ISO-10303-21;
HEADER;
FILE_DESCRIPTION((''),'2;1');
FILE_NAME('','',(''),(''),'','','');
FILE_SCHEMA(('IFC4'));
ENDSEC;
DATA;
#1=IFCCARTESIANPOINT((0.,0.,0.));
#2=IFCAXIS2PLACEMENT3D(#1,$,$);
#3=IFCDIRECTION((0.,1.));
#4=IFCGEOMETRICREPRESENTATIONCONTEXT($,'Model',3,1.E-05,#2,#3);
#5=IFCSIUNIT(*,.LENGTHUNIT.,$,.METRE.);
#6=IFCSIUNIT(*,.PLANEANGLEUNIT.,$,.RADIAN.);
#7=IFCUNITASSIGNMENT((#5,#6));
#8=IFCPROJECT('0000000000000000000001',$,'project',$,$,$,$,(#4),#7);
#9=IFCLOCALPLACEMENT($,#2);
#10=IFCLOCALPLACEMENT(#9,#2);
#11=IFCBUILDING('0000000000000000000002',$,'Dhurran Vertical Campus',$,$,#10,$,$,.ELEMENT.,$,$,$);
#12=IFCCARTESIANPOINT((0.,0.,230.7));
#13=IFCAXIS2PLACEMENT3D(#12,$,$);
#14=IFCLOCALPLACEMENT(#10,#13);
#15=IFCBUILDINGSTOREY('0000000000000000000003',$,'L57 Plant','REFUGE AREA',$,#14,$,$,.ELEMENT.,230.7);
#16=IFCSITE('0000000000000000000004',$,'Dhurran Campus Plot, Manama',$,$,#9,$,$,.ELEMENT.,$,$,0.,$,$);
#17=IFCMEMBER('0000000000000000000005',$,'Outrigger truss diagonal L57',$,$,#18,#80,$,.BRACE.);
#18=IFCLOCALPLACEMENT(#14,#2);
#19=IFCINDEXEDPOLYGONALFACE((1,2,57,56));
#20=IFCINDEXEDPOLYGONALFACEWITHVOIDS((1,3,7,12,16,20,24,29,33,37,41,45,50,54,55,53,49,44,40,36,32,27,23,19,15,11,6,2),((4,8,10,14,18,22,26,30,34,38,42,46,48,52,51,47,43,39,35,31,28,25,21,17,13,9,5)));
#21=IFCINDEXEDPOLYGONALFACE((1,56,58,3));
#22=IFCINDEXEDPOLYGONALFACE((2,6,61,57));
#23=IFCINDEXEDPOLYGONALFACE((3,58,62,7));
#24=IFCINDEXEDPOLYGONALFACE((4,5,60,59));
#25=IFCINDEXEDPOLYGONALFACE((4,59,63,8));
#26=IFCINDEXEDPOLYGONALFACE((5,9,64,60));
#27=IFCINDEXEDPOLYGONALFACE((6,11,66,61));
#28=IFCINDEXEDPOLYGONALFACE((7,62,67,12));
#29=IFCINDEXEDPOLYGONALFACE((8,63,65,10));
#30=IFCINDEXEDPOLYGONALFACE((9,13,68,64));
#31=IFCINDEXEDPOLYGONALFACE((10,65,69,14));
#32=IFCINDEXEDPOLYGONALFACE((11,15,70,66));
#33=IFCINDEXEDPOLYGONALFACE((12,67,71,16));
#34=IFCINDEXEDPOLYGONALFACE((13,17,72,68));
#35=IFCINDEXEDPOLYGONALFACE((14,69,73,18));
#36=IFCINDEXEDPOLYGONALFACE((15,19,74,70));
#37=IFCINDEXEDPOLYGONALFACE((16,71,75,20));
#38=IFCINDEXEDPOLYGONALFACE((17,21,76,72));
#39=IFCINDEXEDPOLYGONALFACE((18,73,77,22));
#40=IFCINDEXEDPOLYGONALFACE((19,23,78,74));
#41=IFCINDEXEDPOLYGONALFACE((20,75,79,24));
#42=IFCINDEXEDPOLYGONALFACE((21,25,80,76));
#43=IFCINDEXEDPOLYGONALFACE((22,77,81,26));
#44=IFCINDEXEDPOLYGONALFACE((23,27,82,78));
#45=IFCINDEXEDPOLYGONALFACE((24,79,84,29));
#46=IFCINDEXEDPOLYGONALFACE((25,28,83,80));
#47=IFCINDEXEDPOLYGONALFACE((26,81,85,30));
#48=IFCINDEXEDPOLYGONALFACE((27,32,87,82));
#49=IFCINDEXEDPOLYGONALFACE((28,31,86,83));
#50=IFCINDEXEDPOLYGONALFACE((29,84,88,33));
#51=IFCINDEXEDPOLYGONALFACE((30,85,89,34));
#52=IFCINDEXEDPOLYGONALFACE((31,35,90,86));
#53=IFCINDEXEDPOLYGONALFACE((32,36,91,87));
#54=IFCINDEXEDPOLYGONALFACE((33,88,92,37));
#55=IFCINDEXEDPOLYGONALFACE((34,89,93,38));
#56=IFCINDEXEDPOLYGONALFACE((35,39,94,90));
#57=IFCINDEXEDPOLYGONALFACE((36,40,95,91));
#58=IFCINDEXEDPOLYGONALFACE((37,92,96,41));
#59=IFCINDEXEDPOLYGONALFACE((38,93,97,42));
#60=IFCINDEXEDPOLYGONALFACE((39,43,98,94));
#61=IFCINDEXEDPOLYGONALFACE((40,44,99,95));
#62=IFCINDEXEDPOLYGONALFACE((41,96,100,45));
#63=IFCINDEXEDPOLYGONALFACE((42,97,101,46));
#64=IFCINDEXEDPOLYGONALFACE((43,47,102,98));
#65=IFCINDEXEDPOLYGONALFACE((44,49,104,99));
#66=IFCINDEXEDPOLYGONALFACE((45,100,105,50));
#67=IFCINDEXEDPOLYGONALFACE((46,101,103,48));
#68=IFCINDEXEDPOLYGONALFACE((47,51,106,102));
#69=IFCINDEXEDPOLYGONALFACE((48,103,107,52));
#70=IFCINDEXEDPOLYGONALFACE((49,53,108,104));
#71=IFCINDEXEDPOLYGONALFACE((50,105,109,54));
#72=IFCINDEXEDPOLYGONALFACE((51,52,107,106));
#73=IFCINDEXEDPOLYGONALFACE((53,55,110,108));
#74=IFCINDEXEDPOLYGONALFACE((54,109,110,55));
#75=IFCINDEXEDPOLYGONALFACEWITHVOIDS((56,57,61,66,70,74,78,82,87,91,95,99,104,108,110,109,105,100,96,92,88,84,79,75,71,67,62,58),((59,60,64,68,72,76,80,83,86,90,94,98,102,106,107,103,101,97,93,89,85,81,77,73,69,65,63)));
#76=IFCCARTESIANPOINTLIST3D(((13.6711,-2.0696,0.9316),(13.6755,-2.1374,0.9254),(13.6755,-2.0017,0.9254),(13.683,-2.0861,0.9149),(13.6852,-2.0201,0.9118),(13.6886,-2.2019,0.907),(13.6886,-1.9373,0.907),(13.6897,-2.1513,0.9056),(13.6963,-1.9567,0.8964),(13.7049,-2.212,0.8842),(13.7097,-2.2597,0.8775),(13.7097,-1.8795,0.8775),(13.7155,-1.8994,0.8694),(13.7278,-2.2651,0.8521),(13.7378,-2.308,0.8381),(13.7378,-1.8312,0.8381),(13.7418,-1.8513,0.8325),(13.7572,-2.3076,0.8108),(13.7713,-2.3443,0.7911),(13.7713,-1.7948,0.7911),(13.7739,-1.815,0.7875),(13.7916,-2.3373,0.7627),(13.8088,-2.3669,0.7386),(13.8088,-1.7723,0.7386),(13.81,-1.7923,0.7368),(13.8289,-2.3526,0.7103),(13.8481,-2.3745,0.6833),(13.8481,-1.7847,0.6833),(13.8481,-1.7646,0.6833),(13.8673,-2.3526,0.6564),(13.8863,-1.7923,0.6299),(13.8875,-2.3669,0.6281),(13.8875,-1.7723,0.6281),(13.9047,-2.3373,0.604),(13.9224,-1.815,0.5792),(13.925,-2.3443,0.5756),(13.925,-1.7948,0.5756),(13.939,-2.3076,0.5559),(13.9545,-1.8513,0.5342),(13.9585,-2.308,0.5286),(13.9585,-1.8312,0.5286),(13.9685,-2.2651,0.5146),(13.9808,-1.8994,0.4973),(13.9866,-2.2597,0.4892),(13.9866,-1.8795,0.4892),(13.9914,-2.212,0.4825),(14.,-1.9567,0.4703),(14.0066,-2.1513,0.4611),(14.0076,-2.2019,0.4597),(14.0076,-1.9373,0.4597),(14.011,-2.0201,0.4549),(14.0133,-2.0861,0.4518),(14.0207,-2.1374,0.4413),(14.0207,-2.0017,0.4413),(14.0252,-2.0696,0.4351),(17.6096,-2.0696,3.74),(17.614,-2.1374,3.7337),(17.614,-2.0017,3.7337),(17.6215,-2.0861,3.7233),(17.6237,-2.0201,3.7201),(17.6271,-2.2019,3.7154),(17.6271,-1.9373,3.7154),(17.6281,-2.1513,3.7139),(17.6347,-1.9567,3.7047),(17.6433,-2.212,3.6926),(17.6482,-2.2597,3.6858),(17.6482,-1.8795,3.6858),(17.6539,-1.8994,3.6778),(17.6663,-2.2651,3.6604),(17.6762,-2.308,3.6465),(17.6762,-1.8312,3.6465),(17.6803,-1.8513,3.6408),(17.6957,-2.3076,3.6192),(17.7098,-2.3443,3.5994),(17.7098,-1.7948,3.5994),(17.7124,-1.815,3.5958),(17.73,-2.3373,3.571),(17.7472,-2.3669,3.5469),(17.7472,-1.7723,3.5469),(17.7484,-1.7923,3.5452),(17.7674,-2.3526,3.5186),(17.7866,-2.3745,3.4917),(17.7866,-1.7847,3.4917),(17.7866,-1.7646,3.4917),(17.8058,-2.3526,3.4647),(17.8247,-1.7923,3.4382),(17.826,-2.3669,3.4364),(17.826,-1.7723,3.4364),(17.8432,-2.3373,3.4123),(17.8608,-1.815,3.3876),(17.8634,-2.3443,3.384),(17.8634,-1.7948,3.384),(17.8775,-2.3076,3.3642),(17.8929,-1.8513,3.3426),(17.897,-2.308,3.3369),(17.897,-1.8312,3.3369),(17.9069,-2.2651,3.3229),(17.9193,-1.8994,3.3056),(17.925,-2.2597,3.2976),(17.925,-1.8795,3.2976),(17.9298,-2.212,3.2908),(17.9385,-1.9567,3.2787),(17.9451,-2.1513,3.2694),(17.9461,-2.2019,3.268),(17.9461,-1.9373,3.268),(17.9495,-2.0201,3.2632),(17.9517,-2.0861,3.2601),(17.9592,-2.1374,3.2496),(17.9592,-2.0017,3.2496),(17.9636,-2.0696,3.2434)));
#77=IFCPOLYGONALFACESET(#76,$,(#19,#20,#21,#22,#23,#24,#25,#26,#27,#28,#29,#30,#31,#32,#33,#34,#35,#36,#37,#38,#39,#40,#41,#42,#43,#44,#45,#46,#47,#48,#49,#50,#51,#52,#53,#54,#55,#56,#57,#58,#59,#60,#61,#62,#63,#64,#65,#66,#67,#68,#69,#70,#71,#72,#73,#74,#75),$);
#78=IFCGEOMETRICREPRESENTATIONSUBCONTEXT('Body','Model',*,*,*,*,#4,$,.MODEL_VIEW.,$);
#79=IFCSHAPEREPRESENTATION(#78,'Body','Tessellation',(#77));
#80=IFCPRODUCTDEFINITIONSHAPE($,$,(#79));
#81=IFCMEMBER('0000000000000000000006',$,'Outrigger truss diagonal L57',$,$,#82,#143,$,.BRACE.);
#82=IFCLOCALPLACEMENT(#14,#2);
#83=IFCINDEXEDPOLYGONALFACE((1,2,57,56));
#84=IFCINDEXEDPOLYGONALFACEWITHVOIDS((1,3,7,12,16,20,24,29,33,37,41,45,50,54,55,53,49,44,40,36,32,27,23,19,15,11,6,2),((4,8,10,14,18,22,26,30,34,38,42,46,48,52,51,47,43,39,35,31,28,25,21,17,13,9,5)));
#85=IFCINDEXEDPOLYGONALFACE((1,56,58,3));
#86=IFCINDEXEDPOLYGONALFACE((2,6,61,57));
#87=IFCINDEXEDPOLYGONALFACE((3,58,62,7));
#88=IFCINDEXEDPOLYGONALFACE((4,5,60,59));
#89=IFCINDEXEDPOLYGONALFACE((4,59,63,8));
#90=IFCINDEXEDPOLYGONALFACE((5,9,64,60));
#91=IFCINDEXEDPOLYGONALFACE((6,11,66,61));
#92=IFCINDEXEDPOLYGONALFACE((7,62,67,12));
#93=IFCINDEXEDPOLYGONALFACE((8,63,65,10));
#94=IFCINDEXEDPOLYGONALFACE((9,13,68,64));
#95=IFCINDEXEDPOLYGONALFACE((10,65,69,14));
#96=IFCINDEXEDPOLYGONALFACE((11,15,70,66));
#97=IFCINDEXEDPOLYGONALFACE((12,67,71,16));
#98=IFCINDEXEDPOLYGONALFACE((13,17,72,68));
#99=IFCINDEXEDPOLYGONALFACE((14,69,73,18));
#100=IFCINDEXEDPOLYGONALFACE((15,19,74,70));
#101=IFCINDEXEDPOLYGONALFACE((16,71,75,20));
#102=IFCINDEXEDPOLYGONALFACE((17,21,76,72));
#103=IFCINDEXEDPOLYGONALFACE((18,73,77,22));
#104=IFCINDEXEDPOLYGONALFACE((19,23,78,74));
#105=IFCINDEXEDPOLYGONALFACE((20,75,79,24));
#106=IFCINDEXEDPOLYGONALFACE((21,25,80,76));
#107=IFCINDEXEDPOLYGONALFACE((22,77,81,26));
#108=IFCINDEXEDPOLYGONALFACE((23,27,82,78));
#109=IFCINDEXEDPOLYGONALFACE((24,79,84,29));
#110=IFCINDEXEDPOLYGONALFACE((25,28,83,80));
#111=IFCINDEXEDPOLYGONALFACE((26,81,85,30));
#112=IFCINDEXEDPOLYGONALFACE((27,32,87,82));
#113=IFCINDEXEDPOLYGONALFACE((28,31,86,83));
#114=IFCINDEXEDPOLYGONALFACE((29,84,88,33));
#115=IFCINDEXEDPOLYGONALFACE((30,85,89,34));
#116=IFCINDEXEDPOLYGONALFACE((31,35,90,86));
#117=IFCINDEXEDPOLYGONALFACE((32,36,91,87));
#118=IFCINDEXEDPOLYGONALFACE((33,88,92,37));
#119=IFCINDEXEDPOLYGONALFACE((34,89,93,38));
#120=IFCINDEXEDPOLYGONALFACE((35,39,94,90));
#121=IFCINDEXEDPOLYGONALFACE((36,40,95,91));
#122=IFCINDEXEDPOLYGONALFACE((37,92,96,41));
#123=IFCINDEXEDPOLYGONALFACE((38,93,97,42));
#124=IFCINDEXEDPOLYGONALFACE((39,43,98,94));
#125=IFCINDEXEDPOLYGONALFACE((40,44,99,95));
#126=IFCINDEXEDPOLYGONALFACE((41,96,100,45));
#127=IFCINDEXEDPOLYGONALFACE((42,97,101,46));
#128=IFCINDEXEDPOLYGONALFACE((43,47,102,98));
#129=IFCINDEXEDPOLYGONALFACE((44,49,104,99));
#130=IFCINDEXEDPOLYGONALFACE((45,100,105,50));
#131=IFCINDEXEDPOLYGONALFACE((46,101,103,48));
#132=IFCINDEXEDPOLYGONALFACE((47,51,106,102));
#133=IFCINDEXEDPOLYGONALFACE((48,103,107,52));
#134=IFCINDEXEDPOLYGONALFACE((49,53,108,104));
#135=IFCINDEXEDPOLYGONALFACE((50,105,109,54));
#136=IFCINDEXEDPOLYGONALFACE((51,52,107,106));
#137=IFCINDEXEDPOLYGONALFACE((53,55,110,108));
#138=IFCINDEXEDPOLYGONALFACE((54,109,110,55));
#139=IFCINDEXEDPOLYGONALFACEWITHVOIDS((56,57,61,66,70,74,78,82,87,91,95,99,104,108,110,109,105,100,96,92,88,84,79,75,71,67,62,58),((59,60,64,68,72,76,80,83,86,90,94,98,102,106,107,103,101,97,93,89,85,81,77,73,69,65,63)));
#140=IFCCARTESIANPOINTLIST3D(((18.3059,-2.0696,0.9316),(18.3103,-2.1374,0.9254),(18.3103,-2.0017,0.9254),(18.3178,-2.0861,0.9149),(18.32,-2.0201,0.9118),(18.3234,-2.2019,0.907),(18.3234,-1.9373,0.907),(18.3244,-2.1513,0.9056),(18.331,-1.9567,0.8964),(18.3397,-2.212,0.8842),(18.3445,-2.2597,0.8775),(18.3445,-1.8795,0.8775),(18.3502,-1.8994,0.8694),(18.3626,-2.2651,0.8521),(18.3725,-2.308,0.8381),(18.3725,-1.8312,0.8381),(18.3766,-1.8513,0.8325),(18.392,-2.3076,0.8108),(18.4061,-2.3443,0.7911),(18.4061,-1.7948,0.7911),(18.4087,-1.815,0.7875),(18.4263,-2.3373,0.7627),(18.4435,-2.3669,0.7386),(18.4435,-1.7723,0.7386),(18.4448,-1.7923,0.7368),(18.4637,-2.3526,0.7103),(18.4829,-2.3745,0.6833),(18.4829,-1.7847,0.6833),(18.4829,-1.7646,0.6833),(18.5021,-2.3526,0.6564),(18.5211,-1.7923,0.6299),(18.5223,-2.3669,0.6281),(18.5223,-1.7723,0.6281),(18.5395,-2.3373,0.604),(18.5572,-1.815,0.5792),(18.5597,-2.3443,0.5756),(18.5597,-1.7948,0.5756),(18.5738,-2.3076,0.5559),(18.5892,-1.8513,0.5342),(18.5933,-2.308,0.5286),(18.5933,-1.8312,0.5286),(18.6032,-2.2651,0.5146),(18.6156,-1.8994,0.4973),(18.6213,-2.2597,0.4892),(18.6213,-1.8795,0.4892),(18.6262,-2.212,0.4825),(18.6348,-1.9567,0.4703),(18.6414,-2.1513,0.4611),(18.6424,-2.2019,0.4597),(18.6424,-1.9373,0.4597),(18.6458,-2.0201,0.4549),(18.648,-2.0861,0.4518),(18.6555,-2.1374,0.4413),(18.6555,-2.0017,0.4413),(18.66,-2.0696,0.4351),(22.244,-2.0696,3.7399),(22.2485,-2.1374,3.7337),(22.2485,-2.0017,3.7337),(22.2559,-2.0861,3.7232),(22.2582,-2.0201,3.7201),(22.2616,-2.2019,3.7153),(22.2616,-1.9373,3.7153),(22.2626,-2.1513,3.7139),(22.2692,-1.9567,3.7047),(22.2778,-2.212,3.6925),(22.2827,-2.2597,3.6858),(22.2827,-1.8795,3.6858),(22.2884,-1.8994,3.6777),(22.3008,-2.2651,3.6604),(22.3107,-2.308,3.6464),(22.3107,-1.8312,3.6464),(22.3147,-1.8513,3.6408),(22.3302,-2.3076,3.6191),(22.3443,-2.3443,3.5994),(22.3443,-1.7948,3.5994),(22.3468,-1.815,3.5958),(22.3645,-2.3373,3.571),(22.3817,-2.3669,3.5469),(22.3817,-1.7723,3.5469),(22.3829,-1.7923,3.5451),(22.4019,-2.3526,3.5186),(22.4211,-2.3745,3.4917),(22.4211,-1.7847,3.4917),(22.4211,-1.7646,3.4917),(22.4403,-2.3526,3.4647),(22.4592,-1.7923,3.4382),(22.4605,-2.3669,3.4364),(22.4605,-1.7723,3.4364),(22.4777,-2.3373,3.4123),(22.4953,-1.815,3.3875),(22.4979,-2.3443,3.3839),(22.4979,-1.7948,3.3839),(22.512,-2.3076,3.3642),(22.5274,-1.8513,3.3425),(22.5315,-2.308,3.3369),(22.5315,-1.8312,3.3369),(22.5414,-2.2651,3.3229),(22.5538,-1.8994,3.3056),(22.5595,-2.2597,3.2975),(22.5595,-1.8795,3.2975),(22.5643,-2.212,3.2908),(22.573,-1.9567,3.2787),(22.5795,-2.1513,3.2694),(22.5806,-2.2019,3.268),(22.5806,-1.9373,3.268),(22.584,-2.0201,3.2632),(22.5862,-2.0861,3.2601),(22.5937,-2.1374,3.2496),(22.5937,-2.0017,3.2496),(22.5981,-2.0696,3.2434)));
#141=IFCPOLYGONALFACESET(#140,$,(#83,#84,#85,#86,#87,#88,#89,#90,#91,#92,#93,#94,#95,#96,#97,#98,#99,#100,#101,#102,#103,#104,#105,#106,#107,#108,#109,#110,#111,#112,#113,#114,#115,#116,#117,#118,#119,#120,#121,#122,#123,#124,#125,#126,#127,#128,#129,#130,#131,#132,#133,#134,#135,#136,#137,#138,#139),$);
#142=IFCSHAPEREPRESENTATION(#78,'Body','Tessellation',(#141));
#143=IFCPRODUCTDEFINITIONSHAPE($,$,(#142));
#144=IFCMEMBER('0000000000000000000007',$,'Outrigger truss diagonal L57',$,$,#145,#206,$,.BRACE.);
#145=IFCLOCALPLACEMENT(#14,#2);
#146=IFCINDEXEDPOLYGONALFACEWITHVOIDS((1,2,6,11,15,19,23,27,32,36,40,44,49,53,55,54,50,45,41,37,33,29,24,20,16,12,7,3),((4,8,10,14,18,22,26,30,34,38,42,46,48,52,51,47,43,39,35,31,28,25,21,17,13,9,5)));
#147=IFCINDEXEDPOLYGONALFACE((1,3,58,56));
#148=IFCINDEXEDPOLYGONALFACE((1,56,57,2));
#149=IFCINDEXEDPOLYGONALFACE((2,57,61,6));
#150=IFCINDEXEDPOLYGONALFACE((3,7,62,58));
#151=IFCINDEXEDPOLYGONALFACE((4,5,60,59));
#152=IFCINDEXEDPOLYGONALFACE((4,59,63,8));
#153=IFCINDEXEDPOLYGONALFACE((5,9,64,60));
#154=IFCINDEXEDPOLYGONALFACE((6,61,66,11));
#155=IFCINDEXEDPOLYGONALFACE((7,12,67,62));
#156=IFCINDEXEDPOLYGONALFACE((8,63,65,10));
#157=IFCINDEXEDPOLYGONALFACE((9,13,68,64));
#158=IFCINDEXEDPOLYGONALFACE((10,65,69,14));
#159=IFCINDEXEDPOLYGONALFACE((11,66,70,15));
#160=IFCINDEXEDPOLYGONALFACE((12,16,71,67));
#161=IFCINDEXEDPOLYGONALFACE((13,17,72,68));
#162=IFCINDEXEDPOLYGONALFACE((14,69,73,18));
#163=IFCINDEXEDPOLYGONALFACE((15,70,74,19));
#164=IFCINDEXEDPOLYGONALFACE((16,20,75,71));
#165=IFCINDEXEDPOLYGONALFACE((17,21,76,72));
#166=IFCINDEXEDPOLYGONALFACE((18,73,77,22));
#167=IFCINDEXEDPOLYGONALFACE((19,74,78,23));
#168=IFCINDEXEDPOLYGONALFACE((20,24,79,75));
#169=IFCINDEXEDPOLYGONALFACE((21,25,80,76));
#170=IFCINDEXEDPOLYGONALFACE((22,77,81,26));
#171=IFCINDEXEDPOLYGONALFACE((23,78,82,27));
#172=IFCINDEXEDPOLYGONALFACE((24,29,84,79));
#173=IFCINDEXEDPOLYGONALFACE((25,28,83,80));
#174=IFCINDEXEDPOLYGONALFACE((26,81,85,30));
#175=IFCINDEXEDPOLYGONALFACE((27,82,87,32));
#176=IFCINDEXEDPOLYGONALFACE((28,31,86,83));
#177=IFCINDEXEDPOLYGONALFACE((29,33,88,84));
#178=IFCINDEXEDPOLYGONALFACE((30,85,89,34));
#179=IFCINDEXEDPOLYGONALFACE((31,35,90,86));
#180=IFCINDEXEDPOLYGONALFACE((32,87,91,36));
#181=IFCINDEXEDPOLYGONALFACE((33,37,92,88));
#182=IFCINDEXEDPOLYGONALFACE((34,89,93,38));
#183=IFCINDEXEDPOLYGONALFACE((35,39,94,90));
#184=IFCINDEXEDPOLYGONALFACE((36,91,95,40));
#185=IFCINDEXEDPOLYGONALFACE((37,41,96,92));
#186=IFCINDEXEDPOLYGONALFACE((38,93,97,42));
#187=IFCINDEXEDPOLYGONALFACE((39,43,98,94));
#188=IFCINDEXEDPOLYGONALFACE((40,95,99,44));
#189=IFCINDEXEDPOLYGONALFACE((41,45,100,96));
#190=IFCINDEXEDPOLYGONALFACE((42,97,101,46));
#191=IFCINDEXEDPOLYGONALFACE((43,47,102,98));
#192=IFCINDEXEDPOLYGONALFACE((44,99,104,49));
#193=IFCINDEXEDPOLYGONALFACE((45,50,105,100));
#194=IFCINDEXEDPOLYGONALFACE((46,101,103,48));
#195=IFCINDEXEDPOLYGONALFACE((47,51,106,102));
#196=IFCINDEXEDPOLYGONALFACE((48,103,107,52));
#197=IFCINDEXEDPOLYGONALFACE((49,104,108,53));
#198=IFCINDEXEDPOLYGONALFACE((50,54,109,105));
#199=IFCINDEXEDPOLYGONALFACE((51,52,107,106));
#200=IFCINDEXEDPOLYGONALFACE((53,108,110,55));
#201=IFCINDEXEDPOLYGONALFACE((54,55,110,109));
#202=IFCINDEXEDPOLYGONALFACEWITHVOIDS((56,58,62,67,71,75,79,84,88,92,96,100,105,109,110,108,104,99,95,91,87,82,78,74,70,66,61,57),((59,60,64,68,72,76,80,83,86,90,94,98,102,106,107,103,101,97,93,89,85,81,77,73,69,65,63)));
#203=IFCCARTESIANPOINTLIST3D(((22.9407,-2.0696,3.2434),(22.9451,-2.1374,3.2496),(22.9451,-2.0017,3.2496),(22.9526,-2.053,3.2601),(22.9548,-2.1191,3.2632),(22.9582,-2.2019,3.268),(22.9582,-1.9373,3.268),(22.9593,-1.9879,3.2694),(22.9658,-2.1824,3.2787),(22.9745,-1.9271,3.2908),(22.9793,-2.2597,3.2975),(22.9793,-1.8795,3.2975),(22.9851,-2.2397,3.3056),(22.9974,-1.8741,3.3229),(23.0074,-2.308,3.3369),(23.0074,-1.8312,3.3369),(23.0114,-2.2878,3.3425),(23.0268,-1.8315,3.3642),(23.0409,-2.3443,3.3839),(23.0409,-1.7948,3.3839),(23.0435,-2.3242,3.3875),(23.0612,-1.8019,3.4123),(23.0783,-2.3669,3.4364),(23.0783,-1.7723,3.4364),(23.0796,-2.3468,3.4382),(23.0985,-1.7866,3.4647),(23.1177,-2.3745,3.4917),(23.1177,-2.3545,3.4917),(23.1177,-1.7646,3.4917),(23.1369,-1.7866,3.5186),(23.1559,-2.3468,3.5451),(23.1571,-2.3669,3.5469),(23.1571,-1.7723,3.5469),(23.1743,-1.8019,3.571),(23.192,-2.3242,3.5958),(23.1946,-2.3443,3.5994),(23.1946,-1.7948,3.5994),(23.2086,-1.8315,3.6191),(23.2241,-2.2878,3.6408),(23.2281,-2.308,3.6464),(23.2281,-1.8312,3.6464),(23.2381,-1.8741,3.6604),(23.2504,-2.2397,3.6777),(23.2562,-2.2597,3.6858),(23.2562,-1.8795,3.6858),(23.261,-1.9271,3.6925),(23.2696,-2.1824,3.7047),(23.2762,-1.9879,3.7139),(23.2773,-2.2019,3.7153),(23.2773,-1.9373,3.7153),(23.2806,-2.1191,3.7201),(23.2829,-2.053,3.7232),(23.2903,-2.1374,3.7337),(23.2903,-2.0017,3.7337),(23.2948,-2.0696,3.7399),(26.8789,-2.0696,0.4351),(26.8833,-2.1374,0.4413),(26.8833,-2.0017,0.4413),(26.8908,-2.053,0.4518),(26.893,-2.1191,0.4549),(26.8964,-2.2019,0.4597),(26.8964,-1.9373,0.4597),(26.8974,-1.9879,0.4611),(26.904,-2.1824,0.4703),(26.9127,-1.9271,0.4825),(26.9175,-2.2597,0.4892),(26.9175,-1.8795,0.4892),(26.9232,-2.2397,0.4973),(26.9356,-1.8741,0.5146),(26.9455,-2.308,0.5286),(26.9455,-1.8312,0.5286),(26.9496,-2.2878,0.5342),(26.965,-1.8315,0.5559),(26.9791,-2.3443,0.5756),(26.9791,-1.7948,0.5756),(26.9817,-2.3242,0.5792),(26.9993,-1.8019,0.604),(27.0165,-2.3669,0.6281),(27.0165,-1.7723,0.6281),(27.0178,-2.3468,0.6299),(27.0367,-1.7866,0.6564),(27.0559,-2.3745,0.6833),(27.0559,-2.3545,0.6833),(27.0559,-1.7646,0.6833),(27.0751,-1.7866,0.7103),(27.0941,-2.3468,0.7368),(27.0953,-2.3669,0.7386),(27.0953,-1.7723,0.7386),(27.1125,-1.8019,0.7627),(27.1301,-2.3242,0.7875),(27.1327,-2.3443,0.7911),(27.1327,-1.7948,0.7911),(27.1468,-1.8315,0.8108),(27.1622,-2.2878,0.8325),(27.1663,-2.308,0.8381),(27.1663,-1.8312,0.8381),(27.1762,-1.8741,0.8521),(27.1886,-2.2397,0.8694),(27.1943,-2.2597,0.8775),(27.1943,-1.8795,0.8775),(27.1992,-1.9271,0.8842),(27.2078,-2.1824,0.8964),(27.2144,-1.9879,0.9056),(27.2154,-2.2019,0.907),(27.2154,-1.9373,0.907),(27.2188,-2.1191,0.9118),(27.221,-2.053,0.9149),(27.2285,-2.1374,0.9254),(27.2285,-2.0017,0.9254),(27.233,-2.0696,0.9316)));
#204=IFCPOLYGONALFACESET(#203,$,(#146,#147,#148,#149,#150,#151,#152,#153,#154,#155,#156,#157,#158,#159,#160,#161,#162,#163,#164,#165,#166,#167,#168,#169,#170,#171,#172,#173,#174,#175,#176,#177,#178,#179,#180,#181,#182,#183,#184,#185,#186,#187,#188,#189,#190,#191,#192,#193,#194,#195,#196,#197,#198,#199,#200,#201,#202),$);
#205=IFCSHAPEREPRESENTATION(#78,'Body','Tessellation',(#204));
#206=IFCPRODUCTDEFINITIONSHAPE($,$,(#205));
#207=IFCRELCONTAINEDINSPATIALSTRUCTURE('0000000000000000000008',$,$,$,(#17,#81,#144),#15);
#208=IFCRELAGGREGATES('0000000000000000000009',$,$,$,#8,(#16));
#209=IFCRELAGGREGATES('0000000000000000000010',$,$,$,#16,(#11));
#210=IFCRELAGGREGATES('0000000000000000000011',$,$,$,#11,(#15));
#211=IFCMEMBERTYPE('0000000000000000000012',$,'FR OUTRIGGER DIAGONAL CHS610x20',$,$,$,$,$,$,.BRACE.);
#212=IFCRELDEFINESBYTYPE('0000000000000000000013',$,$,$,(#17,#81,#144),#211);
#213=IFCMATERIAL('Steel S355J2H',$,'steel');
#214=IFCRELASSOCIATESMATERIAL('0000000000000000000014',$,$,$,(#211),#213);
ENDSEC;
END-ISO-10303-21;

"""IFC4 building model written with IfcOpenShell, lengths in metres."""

from ifc_helpers import new_model, si_unit, direction, frame, origin, origin_2d, place, context, subcontext, project, spatial, hollow_circle, extrude, material, material_profile, profile_set, type_object, element, save


model = new_model("IFC4")

# Units and contexts
model_context = context("Model", 3, precision=1e-05, world=origin(), true_north=direction((0.0, 1.0)))
body_context = subcontext(model_context, "Body", "Model", "MODEL_VIEW")
ifc_project = project(units=[si_unit("LENGTHUNIT", "METRE"), si_unit("PLANEANGLEUNIT", "RADIAN")], contexts=[model_context])

# Site, building, storey
site_placement = place(None, origin())
site = spatial("IfcSite", under=ifc_project, at=site_placement, Name="Dhurran Campus Plot, Manama", CompositionType="ELEMENT", RefElevation=0.0)
building_placement = place(site_placement, origin())
building = spatial("IfcBuilding", under=site, at=building_placement, Name="Dhurran Vertical Campus", CompositionType="ELEMENT")
storey_placement = place(building_placement, frame((0.0, 0.0, 230.7)))
storey = spatial("IfcBuildingStorey", under=building, at=storey_placement, Name="L57 Plant", Description="REFUGE AREA", CompositionType="ELEMENT", Elevation=230.7)

# Members
ifc_material_1 = material(Name="Steel S355J2H", Category="steel")
ifc_material_profile_1 = material_profile(ifc_material_1, hollow_circle(Radius=0.3049, WallThickness=0.02, at=origin_2d()), Name="CHS610x20")
ifc_profile_set_1 = profile_set([ifc_material_profile_1], Name="Steel S355J2H")
member_type_1 = type_object("IfcMemberType", Name="FR OUTRIGGER DIAGONAL CHS610x20", PredefinedType="BRACE", material=ifc_profile_set_1)
member_1_placement = place(storey_placement, frame((13.8481, -2.0696, 0.6833), z_axis=(0.814207, 0.0, 0.580574), x_axis=(0.0, 1.0, 0.0)))
element("IfcMember", 1, at=member_1_placement, inside=storey, type_object=member_type_1, Name="Outrigger truss diagonal L57", PredefinedType="BRACE", context=body_context, shape_type="SweptSolid", body=[
    extrude(hollow_circle(Radius=0.3049, WallThickness=0.02, at=origin_2d()), origin(), (0.0, 0.0, 1.0), 4.8372),
])
for number, where, z_axis, x_axis, name in (
    (2, (18.4829, -2.0696, 0.6833), (0.81419, 0.0, 0.580598), (0.0, 1.0, 0.0), "Outrigger truss diagonal L57"),
    (3, (27.0559, -2.0696, 0.6833), (-0.81419, 0.0, 0.580598), (0.0, -1.0, 0.0), "Outrigger truss diagonal L57"),
):
    element("IfcMember", number, at=place(storey_placement, frame(where, z_axis=z_axis, x_axis=x_axis)), inside=storey, type_object=member_type_1, Name=name, PredefinedType="BRACE", context=body_context, shape_type="SweptSolid", body=[
        extrude(hollow_circle(Radius=0.3049, WallThickness=0.02, at=origin_2d()), origin(), (0.0, 0.0, 1.0), 4.8369),
    ])

save(model, "model.ifc")
